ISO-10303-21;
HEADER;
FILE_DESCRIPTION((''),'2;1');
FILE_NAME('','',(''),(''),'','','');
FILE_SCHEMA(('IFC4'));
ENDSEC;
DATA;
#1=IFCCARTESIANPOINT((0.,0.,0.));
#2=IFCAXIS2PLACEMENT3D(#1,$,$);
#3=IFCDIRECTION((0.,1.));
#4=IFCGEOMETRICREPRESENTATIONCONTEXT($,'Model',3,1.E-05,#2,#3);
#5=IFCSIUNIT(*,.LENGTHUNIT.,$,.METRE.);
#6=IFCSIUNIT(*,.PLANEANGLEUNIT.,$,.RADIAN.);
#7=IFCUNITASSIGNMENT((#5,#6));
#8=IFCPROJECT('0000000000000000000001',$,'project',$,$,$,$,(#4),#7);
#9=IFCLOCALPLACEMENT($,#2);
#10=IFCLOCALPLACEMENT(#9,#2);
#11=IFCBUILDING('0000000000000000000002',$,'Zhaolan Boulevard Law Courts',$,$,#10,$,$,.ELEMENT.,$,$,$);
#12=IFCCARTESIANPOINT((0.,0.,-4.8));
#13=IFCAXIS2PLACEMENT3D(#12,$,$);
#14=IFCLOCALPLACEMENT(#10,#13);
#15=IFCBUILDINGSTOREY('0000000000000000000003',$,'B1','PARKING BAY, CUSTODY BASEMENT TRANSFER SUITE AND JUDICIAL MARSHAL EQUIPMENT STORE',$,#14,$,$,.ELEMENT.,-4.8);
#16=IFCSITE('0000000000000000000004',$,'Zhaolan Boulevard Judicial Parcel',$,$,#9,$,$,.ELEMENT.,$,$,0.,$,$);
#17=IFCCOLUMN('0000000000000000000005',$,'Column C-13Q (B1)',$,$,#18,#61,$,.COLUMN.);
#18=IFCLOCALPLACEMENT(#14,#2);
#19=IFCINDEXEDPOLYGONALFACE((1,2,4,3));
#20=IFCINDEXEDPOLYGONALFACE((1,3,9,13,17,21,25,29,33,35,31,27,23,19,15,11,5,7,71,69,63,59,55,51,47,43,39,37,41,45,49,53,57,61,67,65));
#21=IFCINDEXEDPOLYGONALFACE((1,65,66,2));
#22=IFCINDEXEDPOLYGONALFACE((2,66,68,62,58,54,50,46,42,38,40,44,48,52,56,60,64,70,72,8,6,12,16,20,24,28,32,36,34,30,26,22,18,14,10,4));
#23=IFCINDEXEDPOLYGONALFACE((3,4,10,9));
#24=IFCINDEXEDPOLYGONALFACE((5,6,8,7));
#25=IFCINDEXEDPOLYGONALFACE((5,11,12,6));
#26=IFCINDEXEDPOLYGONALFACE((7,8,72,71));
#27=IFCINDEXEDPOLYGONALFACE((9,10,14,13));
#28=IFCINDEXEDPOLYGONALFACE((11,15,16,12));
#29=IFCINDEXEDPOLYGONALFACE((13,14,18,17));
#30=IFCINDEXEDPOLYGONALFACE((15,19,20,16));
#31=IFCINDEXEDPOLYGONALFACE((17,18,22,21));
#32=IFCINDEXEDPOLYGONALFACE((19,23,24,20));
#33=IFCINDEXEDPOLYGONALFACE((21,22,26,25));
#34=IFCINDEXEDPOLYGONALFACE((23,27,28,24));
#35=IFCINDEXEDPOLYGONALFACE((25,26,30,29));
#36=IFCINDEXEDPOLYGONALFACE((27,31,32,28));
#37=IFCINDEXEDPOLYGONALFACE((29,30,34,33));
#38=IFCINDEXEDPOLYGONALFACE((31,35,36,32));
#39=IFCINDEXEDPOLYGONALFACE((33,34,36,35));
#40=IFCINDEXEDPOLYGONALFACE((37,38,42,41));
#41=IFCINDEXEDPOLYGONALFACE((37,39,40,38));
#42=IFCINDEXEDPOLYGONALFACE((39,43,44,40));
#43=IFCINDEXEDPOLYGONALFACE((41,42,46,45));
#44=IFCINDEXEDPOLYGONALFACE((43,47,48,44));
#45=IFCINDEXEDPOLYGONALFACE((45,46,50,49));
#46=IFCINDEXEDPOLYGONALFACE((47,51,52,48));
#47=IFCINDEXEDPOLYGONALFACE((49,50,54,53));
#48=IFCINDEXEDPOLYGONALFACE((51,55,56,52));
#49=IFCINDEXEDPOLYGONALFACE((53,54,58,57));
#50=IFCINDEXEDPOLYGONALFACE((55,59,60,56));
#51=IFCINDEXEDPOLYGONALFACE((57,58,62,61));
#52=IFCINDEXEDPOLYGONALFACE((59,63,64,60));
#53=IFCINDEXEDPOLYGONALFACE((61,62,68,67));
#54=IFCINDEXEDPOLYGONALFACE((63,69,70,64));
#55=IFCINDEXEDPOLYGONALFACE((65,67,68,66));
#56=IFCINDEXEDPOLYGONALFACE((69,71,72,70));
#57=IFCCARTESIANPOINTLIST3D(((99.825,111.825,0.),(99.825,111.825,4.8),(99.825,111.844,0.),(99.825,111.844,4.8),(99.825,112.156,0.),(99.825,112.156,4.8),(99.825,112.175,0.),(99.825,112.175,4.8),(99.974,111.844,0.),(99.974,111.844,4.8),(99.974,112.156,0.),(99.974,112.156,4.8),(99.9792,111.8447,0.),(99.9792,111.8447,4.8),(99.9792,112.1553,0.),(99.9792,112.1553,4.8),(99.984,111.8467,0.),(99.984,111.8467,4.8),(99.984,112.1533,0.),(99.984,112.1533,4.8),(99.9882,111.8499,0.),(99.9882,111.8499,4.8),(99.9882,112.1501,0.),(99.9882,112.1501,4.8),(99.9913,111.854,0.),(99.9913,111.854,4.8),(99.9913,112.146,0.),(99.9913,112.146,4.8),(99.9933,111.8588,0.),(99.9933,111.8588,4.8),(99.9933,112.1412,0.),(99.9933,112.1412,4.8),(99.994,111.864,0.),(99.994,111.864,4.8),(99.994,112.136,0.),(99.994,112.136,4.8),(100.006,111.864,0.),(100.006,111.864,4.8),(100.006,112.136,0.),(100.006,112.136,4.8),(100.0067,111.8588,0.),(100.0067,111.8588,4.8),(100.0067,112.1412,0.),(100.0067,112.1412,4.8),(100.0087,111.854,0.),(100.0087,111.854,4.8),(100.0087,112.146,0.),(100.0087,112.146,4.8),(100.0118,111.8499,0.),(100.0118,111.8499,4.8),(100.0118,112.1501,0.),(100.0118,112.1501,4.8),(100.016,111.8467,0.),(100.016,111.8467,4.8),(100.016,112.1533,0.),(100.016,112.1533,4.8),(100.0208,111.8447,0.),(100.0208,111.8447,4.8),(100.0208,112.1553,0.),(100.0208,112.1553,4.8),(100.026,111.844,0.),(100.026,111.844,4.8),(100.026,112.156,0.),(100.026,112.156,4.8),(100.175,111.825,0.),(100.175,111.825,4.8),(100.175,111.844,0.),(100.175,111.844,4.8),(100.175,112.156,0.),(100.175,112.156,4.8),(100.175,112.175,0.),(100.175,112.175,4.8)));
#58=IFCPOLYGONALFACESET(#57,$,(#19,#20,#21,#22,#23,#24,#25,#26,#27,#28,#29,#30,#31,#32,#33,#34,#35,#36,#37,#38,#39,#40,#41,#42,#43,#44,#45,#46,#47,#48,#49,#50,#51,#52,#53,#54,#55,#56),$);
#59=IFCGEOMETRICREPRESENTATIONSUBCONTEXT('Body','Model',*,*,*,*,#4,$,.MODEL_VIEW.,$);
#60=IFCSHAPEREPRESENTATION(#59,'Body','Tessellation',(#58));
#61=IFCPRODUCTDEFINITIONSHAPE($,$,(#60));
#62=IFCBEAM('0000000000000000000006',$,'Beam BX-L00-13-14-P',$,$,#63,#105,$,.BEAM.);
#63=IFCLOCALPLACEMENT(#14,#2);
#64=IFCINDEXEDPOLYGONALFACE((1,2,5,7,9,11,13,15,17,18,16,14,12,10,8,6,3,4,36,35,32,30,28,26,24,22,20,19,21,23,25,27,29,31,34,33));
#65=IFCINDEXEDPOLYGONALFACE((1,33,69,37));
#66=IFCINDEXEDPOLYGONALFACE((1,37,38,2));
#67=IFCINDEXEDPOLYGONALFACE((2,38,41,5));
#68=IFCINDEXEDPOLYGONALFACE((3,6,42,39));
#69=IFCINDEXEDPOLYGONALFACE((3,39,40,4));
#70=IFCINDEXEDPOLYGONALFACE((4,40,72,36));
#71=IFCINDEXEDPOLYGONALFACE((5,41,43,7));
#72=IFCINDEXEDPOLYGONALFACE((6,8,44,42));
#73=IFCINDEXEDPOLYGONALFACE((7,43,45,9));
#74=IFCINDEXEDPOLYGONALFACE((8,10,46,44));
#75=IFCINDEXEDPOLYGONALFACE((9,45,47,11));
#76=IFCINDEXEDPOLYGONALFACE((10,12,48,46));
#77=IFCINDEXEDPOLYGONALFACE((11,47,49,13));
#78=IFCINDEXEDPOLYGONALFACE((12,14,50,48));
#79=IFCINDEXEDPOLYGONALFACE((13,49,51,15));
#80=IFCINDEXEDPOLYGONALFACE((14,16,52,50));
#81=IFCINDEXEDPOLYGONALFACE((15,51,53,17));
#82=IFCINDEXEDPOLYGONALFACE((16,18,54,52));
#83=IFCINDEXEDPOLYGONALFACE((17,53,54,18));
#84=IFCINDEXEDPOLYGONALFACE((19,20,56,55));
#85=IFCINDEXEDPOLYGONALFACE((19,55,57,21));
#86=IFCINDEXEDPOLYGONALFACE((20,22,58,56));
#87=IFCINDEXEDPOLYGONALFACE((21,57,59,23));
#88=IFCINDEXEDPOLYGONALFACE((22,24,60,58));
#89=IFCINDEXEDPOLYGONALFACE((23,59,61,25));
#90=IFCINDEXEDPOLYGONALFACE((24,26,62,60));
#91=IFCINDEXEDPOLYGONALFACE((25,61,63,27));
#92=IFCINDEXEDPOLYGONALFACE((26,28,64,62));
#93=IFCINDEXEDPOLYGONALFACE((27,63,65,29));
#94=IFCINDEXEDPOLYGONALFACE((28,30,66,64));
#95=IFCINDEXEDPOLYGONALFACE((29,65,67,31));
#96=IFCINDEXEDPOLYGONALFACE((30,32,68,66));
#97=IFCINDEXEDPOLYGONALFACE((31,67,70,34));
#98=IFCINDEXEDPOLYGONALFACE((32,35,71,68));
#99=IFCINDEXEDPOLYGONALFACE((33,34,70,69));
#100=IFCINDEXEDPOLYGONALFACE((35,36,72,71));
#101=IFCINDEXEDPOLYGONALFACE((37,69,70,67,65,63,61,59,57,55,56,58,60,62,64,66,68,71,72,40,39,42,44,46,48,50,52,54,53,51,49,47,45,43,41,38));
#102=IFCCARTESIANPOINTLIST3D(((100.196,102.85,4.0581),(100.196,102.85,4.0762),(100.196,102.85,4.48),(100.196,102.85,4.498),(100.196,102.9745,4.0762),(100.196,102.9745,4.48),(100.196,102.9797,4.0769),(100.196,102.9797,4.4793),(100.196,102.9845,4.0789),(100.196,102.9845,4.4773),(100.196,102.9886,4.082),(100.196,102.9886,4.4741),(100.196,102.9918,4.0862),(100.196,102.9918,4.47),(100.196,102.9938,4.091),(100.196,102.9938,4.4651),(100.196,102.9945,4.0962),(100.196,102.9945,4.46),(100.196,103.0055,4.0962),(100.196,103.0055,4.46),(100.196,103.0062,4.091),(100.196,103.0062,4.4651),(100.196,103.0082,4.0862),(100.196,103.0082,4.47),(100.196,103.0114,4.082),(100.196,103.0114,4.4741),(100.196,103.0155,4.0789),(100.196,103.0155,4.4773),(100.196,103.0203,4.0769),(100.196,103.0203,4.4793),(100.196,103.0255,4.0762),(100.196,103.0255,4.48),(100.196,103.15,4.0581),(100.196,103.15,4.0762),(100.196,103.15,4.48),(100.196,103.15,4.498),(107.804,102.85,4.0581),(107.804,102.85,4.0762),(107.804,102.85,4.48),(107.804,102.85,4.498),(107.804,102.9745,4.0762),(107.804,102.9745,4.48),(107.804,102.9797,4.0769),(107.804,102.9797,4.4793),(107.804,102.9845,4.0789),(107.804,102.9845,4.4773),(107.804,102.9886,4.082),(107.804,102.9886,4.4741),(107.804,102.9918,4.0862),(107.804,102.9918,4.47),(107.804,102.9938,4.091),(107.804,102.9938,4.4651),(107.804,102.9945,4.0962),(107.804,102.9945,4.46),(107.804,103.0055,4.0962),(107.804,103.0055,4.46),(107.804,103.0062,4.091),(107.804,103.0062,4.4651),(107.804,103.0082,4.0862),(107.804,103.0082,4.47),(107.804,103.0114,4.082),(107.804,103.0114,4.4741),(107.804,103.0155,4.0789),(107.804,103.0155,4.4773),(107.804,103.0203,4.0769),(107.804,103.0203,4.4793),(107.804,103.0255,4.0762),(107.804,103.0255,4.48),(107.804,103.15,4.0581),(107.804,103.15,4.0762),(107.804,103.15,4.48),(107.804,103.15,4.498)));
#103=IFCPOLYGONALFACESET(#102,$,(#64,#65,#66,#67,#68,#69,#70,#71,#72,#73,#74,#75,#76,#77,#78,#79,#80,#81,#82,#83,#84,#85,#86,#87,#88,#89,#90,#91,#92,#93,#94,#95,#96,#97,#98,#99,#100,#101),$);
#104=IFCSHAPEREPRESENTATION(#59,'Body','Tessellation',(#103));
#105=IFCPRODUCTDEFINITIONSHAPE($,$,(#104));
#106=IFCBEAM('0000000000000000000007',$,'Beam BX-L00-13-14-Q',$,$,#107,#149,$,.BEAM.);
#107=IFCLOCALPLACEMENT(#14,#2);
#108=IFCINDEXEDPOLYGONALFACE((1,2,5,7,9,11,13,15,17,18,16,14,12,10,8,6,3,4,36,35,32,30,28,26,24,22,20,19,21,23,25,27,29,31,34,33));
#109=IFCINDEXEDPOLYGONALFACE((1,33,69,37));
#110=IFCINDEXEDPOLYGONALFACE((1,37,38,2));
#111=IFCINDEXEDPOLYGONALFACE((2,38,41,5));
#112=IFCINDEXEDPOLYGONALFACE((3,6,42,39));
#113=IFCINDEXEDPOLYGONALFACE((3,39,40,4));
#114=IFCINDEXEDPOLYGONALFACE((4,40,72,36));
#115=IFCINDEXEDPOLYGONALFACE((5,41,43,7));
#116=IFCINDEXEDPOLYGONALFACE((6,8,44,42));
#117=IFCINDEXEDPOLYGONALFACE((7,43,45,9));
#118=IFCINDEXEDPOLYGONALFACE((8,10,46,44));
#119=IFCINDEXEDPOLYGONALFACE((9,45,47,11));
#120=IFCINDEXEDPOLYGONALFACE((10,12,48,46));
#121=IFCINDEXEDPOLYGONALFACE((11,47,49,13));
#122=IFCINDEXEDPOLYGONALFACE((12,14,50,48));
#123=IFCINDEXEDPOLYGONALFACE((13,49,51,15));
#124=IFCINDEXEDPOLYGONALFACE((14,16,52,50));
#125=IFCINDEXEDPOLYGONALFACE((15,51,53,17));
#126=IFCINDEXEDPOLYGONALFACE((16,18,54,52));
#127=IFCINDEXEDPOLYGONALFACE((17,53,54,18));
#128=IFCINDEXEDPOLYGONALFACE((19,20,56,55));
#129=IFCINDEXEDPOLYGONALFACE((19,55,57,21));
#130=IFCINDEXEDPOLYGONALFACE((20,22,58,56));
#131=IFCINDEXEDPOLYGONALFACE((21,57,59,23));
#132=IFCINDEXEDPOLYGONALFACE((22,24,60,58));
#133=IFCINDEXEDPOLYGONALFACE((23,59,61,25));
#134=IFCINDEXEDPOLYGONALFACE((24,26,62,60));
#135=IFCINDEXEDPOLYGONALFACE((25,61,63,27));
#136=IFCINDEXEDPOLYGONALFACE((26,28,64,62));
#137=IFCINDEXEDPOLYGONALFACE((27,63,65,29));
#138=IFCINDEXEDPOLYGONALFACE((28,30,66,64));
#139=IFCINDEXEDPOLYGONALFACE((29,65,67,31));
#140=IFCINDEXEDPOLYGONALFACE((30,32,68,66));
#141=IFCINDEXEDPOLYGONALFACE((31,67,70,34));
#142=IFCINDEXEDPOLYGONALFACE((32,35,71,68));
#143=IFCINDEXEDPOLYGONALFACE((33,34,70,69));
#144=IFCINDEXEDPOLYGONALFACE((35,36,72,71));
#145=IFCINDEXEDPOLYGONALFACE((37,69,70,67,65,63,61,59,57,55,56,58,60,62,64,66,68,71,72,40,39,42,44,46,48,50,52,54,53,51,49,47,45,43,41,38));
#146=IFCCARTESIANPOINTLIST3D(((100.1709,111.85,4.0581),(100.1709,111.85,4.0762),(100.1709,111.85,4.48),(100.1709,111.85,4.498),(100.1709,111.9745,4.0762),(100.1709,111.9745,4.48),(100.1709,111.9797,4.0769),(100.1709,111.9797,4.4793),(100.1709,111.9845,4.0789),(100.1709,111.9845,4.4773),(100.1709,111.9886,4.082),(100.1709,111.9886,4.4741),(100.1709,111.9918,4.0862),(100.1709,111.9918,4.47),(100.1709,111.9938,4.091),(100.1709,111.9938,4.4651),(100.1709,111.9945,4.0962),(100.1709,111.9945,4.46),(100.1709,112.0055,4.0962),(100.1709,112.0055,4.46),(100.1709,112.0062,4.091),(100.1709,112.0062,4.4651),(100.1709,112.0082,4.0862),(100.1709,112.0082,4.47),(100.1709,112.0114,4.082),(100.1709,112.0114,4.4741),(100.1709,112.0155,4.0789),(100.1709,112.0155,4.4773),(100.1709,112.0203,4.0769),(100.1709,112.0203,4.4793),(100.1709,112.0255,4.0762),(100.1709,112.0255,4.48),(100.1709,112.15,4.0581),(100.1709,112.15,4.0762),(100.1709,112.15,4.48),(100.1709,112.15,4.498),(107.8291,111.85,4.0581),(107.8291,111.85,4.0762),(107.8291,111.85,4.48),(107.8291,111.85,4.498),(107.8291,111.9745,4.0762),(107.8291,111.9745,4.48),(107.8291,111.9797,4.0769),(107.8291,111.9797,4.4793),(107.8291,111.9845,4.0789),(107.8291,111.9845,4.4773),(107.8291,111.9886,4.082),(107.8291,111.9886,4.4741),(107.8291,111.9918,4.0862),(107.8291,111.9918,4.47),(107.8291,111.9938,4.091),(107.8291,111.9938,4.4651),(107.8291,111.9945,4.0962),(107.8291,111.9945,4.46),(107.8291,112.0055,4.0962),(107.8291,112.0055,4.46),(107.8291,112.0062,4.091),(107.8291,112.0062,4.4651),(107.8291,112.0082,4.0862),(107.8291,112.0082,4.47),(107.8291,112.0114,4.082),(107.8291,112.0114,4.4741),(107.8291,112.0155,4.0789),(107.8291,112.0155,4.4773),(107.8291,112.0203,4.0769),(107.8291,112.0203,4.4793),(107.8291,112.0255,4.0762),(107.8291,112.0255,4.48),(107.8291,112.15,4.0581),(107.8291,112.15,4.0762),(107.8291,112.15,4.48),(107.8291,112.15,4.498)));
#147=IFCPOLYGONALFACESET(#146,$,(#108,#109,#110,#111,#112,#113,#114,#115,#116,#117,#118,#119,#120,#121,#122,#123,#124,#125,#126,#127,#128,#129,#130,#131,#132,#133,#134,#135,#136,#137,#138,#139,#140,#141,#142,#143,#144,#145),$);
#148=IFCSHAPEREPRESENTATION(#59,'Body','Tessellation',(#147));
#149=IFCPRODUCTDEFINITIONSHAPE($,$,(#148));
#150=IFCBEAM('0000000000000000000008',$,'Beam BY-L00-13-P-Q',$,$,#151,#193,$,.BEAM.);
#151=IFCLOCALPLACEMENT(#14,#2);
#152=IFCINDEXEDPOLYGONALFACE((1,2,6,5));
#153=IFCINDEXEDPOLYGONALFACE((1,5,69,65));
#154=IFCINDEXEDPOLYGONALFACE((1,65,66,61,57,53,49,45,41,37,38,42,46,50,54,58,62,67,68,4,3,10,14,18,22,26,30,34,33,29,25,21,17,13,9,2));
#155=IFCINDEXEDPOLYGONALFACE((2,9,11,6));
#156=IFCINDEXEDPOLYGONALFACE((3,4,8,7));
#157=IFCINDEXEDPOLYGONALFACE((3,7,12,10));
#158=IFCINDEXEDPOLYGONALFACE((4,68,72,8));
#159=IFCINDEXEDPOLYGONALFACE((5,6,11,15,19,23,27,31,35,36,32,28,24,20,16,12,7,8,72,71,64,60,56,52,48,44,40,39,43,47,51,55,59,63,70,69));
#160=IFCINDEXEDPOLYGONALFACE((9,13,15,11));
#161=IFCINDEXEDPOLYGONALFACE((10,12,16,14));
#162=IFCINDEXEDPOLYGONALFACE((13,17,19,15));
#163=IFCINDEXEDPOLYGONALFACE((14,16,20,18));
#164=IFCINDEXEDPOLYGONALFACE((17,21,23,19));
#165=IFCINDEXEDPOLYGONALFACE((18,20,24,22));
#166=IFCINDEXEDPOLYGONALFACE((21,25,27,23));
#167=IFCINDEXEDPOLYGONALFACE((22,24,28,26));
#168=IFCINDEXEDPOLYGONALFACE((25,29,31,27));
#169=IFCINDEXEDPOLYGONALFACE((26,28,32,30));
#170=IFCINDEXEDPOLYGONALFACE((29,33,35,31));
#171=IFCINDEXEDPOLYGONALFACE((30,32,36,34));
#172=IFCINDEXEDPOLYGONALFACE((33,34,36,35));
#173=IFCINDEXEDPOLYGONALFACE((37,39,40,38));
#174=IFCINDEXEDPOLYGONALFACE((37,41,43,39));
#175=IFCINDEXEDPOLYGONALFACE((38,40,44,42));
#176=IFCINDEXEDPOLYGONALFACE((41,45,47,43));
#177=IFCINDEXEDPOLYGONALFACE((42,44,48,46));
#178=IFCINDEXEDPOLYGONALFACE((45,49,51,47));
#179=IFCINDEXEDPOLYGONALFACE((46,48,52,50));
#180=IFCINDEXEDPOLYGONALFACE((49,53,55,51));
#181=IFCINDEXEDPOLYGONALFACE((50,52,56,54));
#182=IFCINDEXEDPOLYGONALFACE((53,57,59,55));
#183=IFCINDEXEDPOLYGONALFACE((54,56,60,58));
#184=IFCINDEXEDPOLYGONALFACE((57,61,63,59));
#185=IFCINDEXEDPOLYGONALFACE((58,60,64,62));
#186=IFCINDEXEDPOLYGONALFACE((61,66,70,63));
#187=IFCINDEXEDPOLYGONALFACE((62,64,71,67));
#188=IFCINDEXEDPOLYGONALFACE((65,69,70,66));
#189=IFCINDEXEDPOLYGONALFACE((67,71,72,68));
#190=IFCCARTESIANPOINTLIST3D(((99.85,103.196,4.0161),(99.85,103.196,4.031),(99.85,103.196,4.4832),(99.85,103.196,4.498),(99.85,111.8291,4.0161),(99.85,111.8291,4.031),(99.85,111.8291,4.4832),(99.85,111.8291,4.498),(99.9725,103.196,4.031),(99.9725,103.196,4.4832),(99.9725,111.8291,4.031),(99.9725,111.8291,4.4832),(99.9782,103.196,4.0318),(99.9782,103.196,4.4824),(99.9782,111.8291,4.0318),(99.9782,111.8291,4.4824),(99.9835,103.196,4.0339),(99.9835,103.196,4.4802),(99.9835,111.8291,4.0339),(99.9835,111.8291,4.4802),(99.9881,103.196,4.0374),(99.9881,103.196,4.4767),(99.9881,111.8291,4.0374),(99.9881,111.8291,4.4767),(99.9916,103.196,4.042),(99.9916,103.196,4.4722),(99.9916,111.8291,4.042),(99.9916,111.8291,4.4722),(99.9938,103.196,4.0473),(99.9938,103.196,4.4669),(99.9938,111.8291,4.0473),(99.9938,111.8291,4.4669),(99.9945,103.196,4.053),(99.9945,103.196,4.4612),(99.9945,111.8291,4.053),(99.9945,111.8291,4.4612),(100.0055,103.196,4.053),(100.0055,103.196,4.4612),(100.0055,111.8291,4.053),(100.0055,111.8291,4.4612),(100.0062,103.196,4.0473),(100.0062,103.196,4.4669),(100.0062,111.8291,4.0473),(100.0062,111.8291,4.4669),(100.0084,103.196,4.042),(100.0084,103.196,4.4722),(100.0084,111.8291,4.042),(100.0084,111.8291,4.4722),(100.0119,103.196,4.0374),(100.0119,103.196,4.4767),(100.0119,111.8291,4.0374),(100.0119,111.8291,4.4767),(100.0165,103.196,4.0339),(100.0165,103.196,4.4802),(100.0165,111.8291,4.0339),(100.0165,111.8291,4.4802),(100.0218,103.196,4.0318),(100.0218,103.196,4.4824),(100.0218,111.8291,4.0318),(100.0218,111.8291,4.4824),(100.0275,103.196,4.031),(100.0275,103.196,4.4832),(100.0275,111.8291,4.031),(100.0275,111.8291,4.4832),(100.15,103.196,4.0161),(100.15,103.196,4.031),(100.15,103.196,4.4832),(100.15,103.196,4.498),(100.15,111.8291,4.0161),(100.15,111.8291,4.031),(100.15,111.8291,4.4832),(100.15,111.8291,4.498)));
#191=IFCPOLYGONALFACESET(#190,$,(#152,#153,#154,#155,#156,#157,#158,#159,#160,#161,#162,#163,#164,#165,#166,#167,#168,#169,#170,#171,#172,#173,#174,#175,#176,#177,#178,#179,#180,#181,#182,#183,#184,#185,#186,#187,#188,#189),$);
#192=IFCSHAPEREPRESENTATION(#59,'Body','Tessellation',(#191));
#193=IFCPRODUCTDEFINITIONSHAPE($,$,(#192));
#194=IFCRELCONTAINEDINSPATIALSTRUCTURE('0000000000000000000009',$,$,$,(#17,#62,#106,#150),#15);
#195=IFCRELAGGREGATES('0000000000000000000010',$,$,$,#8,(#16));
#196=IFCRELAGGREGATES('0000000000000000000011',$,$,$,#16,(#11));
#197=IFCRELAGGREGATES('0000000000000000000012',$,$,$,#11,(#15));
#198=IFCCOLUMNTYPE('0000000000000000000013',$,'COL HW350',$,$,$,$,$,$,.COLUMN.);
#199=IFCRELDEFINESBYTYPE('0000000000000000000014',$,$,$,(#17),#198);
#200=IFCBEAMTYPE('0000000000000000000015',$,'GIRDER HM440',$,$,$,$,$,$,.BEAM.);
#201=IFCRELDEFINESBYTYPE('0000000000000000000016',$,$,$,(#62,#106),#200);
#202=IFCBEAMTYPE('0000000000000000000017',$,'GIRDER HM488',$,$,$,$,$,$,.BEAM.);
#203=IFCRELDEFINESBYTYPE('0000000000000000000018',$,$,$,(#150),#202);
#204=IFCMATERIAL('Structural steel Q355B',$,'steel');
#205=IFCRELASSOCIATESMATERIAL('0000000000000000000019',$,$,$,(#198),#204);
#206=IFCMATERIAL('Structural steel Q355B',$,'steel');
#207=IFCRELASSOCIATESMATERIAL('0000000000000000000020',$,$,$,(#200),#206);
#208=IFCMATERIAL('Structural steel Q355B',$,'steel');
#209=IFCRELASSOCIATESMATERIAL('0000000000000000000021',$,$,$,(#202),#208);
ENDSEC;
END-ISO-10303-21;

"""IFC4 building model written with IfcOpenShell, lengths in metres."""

from ifc_helpers import new_model, si_unit, direction, frame, origin, origin_2d, place, context, subcontext, project, spatial, i_section, extrude, material, material_profile, profile_set, type_object, element, save


model = new_model("IFC4")

# Units and contexts
model_context = context("Model", 3, precision=1e-05, world=origin(), true_north=direction((0.0, 1.0)))
body_context = subcontext(model_context, "Body", "Model", "MODEL_VIEW")
ifc_project = project(units=[si_unit("LENGTHUNIT", "METRE"), si_unit("PLANEANGLEUNIT", "RADIAN")], contexts=[model_context])

# Site, building, storey
site_placement = place(None, origin())
site = spatial("IfcSite", under=ifc_project, at=site_placement, Name="Zhaolan Boulevard Judicial Parcel", CompositionType="ELEMENT", RefElevation=0.0)
building_placement = place(site_placement, origin())
building = spatial("IfcBuilding", under=site, at=building_placement, Name="Zhaolan Boulevard Law Courts", CompositionType="ELEMENT")
storey_placement = place(building_placement, frame((0.0, 0.0, -4.8)))
storey = spatial("IfcBuildingStorey", under=building, at=storey_placement, Name="B1", Description="PARKING BAY, CUSTODY BASEMENT TRANSFER SUITE AND JUDICIAL MARSHAL EQUIPMENT STORE", CompositionType="ELEMENT", Elevation=-4.8)

# Column
ifc_material_1 = material(Name="Structural steel Q355B", Category="steel")
ifc_material_profile_1 = material_profile(ifc_material_1, i_section(OverallWidth=0.3501, OverallDepth=0.3501, WebThickness=0.012, FlangeThickness=0.019, FilletRadius=0.02, at=origin_2d()), Name="HW350x350")
ifc_profile_set_1 = profile_set([ifc_material_profile_1], Name="Structural steel Q355B")
column_type_1 = type_object("IfcColumnType", Name="COL HW350", PredefinedType="COLUMN", material=ifc_profile_set_1)
column_1_placement = place(storey_placement, frame((100.0, 112.0, 0.0), z_axis=(0.0, 0.0, 1.0), x_axis=(1.0, 0.0, 0.0)))
element("IfcColumn", 1, at=column_1_placement, inside=storey, type_object=column_type_1, Name="Column C-13Q (B1)", PredefinedType="COLUMN", context=body_context, shape_type="SweptSolid", body=[
    extrude(i_section(OverallWidth=0.3501, OverallDepth=0.3501, WebThickness=0.012, FlangeThickness=0.019, FilletRadius=0.02, at=origin_2d()), origin(), (0.0, 0.0, 1.0), 4.8),
])

# Beams
ifc_material_2 = material(Name="Structural steel Q355B", Category="steel")
ifc_material_profile_2 = material_profile(ifc_material_2, i_section(OverallWidth=0.3, OverallDepth=0.4399, WebThickness=0.011, FlangeThickness=0.0181, FilletRadius=0.02, at=origin_2d()), Name="HM440x300")
ifc_profile_set_2 = profile_set([ifc_material_profile_2], Name="Structural steel Q355B")
beam_type_1 = type_object("IfcBeamType", Name="GIRDER HM440", PredefinedType="BEAM", material=ifc_profile_set_2)
beam_1_placement = place(storey_placement, frame((100.196, 103.0, 4.2781), z_axis=(1.0, 0.0, 0.0), x_axis=(0.0, 1.0, 0.0)))
element("IfcBeam", 2, at=beam_1_placement, inside=storey, type_object=beam_type_1, Name="Beam BX-L00-13-14-P", PredefinedType="BEAM", context=body_context, shape_type="SweptSolid", body=[
    extrude(i_section(OverallWidth=0.3, OverallDepth=0.4399, WebThickness=0.011, FlangeThickness=0.0181, FilletRadius=0.02, at=origin_2d()), origin(), (0.0, 0.0, 1.0), 7.6079),
])
beam_2_placement = place(storey_placement, frame((100.1709, 112.0, 4.2781), z_axis=(1.0, 0.0, 0.0), x_axis=(0.0, 1.0, 0.0)))
element("IfcBeam", 3, at=beam_2_placement, inside=storey, type_object=beam_type_1, Name="Beam BX-L00-13-14-Q", PredefinedType="BEAM", context=body_context, shape_type="SweptSolid", body=[
    extrude(i_section(OverallWidth=0.3, OverallDepth=0.4399, WebThickness=0.011, FlangeThickness=0.0181, FilletRadius=0.02, at=origin_2d()), origin(), (0.0, 0.0, 1.0), 7.6582),
])
ifc_material_3 = material(Name="Structural steel Q355B", Category="steel")
ifc_material_profile_3 = material_profile(ifc_material_3, i_section(OverallWidth=0.3, OverallDepth=0.4819, WebThickness=0.011, FlangeThickness=0.0149, FilletRadius=0.022, at=origin_2d()), Name="HM482x300")
ifc_profile_set_3 = profile_set([ifc_material_profile_3], Name="Structural steel Q355B")
beam_type_2 = type_object("IfcBeamType", Name="GIRDER HM488", PredefinedType="BEAM", material=ifc_profile_set_3)
beam_3_placement = place(storey_placement, frame((100.0, 103.196, 4.2571), z_axis=(0.0, 1.0, 0.0), x_axis=(-1.0, 0.0, 0.0)))
element("IfcBeam", 4, at=beam_3_placement, inside=storey, type_object=beam_type_2, Name="Beam BY-L00-13-P-Q", PredefinedType="BEAM", context=body_context, shape_type="SweptSolid", body=[
    extrude(i_section(OverallWidth=0.3, OverallDepth=0.4819, WebThickness=0.011, FlangeThickness=0.0149, FilletRadius=0.022, at=origin_2d()), origin(), (0.0, 0.0, 1.0), 8.6331),
])

save(model, "model.ifc")
